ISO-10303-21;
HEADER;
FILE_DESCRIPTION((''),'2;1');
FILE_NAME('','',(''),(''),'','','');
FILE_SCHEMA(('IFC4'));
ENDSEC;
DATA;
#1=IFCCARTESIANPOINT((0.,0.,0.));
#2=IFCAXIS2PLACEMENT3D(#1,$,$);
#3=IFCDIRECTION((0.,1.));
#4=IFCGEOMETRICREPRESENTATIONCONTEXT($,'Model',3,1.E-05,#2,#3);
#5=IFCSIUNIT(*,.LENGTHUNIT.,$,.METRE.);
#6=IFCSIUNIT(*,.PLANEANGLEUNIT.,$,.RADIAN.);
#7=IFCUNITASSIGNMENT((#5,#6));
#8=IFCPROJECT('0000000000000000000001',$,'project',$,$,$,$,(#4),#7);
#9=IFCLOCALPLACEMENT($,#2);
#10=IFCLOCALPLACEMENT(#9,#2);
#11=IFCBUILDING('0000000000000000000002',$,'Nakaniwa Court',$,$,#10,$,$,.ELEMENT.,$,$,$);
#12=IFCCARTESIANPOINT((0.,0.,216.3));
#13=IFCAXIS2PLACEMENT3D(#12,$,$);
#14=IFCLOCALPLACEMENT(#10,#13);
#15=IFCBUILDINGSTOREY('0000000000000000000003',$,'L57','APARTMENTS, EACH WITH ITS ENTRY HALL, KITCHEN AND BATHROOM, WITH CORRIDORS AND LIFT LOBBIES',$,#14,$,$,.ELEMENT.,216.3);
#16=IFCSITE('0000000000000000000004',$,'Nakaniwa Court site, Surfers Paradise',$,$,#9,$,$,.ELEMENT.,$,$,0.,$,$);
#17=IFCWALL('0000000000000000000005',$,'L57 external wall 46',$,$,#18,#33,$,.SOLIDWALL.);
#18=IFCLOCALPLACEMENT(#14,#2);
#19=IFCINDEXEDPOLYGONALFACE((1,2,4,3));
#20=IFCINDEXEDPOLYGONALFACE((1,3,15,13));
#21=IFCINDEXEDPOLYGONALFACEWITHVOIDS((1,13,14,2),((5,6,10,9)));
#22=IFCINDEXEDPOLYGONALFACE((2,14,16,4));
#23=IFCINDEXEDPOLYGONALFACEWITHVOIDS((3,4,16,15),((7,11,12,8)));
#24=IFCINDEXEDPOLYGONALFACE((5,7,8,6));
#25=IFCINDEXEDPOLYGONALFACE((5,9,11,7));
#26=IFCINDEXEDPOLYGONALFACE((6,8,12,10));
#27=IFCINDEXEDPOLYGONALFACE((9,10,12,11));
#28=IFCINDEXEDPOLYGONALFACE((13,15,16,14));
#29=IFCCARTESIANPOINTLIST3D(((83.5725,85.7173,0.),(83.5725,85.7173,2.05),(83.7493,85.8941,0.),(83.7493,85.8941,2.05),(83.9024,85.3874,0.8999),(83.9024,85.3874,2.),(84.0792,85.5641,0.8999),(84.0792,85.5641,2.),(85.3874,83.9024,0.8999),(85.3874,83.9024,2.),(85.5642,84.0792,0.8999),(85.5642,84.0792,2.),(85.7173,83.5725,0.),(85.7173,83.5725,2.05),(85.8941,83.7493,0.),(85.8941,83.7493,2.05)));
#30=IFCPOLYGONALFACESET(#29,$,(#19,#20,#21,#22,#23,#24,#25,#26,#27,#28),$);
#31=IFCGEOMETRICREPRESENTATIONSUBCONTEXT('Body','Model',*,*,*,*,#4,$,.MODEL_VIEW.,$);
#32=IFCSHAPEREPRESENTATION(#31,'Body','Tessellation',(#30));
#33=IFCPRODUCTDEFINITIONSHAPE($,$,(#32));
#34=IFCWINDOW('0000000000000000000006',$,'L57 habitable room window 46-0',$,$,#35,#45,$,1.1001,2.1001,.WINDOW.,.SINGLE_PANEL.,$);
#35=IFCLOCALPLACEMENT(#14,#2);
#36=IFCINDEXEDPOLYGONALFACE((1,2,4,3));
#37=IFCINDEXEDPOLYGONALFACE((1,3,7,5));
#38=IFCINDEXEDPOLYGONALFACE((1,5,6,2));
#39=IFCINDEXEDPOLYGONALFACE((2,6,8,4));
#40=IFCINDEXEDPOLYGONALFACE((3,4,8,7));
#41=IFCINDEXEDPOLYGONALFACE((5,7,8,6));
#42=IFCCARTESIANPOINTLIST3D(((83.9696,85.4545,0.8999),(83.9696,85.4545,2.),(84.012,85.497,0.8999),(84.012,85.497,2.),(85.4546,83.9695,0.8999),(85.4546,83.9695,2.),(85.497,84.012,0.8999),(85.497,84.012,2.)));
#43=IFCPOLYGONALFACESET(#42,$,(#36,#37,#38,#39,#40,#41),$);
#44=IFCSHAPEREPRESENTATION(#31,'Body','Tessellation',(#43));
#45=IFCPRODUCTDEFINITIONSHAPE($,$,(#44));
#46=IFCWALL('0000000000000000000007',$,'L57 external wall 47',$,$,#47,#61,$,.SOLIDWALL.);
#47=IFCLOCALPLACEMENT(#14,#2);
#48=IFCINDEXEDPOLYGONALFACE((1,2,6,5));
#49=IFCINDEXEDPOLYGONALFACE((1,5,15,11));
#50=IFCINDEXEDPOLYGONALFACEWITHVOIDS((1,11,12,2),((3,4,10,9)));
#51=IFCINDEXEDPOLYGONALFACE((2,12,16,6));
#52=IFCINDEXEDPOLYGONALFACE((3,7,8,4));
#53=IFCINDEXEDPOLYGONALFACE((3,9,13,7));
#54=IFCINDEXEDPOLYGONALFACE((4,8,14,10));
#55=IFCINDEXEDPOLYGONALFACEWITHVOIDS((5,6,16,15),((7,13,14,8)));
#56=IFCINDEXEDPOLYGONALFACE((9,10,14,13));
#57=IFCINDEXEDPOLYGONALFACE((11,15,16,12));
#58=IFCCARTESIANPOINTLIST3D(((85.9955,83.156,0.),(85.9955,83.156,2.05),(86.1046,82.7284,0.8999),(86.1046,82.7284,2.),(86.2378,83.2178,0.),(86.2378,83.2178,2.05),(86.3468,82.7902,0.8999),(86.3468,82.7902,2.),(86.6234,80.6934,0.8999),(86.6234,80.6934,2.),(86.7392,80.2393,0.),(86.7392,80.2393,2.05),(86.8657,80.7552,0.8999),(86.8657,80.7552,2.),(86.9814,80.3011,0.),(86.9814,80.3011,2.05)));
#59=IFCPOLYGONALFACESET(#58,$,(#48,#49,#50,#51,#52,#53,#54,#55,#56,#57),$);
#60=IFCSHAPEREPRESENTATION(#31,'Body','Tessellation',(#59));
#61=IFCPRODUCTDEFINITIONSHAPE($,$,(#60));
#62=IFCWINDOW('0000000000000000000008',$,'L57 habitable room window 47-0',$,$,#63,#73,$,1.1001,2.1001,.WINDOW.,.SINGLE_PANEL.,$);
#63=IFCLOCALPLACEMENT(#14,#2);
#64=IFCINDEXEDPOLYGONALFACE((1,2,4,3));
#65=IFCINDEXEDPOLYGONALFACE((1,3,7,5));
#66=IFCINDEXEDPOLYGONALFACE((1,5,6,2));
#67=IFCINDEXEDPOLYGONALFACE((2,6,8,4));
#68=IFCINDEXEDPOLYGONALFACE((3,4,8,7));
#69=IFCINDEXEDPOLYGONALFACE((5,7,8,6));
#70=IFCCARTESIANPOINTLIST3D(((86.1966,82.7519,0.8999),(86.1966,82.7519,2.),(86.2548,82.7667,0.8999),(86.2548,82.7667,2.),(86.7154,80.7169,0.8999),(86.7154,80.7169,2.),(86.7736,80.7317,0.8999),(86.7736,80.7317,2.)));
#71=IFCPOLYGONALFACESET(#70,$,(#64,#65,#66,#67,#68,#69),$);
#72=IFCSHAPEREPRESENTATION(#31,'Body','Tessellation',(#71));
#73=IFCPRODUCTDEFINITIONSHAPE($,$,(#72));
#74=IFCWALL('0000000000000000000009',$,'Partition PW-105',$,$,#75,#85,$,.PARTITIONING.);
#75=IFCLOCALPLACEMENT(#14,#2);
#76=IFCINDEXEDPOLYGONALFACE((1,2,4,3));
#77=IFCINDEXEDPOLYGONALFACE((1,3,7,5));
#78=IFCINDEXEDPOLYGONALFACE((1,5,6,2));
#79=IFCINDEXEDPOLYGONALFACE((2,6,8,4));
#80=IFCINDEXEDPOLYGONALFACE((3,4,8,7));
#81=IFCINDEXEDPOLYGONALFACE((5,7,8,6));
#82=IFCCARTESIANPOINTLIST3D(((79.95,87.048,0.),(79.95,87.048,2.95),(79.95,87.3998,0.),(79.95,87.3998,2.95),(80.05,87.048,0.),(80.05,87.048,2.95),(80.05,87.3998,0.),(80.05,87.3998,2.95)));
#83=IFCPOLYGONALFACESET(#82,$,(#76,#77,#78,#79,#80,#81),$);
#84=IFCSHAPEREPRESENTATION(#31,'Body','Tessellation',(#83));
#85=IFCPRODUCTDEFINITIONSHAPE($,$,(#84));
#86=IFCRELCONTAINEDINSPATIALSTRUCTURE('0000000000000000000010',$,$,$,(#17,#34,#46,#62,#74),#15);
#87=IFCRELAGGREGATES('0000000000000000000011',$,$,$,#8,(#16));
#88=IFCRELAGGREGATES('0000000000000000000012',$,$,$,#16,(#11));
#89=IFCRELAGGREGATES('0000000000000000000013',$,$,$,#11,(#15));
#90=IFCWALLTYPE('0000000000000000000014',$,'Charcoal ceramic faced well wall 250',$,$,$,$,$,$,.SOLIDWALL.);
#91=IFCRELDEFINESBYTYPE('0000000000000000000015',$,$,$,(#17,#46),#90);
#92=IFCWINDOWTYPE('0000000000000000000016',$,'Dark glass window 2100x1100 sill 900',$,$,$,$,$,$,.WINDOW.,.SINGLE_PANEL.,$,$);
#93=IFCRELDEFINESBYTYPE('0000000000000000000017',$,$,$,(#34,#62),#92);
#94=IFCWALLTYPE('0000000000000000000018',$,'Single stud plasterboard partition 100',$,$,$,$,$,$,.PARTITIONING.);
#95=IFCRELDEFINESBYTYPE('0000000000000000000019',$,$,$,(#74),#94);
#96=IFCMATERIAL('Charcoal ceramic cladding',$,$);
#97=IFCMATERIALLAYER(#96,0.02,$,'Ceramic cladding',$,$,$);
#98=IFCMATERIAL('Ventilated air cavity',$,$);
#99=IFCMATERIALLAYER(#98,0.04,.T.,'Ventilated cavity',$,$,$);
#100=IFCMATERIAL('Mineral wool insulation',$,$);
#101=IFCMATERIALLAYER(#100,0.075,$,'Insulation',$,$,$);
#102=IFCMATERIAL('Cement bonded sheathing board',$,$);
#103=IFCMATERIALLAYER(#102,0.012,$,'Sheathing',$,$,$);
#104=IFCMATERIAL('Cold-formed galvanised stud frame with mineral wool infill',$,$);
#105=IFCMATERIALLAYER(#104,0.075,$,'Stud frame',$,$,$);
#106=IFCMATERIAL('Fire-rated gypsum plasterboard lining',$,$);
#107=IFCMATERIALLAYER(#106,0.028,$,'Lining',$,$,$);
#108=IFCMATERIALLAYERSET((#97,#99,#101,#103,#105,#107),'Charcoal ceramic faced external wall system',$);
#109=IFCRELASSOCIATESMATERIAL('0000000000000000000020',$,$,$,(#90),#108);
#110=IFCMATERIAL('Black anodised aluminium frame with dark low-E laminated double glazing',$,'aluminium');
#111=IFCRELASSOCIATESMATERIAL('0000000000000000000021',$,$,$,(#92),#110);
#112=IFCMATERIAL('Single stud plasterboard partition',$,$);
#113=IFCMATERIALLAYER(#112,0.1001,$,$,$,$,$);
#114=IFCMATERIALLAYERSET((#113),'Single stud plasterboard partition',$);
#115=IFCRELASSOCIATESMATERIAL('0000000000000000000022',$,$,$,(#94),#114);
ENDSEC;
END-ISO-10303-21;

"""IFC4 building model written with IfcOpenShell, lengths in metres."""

from ifc_helpers import new_model, si_unit, direction, frame, frame_2d, origin, place, context, subcontext, project, spatial, rectangle, extrude, material, layer, layer_set, type_object, element, fill, save


model = new_model("IFC4")

# Units and contexts
model_context = context("Model", 3, precision=1e-05, world=origin(), true_north=direction((0.0, 1.0)))
body_context = subcontext(model_context, "Body", "Model", "MODEL_VIEW")
ifc_project = project(units=[si_unit("LENGTHUNIT", "METRE"), si_unit("PLANEANGLEUNIT", "RADIAN")], contexts=[model_context])

# Site, building, storey
site_placement = place(None, origin())
site = spatial("IfcSite", under=ifc_project, at=site_placement, Name="Nakaniwa Court site, Surfers Paradise", CompositionType="ELEMENT", RefElevation=0.0)
building_placement = place(site_placement, origin())
building = spatial("IfcBuilding", under=site, at=building_placement, Name="Nakaniwa Court", CompositionType="ELEMENT")
storey_placement = place(building_placement, frame((0.0, 0.0, 216.3)))
storey = spatial("IfcBuildingStorey", under=building, at=storey_placement, Name="L57", Description="APARTMENTS, EACH WITH ITS ENTRY HALL, KITCHEN AND BATHROOM, WITH CORRIDORS AND LIFT LOBBIES", CompositionType="ELEMENT", Elevation=216.3)

# Walls, openings, windows
ifc_material_1 = material(Name="Charcoal ceramic cladding")
ifc_layer_1 = layer(ifc_material_1, 0.02, Name="Ceramic cladding")
ifc_material_2 = material(Name="Ventilated air cavity")
ifc_layer_2 = layer(ifc_material_2, 0.04, ventilated=True, Name="Ventilated cavity")
ifc_material_3 = material(Name="Mineral wool insulation")
ifc_layer_3 = layer(ifc_material_3, 0.075, Name="Insulation")
ifc_material_4 = material(Name="Cement bonded sheathing board")
ifc_layer_4 = layer(ifc_material_4, 0.012, Name="Sheathing")
ifc_material_5 = material(Name="Cold-formed galvanised stud frame with mineral wool infill")
ifc_layer_5 = layer(ifc_material_5, 0.075, Name="Stud frame")
ifc_material_6 = material(Name="Fire-rated gypsum plasterboard lining")
ifc_layer_6 = layer(ifc_material_6, 0.028, Name="Lining")
ifc_layer_set_1 = layer_set([ifc_layer_1, ifc_layer_2, ifc_layer_3, ifc_layer_4, ifc_layer_5, ifc_layer_6], Name="Charcoal ceramic faced external wall system")
wall_type_1 = type_object("IfcWallType", Name="Charcoal ceramic faced well wall 250", PredefinedType="SOLIDWALL", material=ifc_layer_set_1)
ifc_material_7 = material(Name="Black anodised aluminium frame with dark low-E laminated double glazing", Category="aluminium")
window_type = type_object("IfcWindowType", Name="Dark glass window 2100x1100 sill 900", PartitioningType="SINGLE_PANEL", PredefinedType="WINDOW", material=ifc_material_7)
wall_1_placement = place(storey_placement, frame((83.6609, 85.8057, 0.0), z_axis=(0.0, 0.0, 1.0), x_axis=(0.707107, -0.707107, 0.0)))
wall_1 = element("IfcWall", 1, at=wall_1_placement, inside=storey, type_object=wall_type_1, Name="L57 external wall 46", PredefinedType="SOLIDWALL", context=body_context, shape_type="SweptSolid", body=[
    extrude(rectangle(XDim=3.0332, YDim=0.25, at=frame_2d((1.5166, 0.0))), origin(), (0.0, 0.0, 1.0), 2.05),
])
opening_1_placement = place(wall_1_placement, frame((0.4666, 0.0, 0.8999)))
opening_1 = element("IfcOpeningElement", 2, at=opening_1_placement, cuts=wall_1, PredefinedType="OPENING", context=body_context, shape_type="SweptSolid", body=[
    extrude(rectangle(XDim=2.1001, YDim=1.1001, at=frame_2d((1.05, 0.55))), frame((0.0, 0.135, 0.0), z_axis=(0.0, -1.0, 0.0), x_axis=(1.0, 0.0, 0.0)), (0.0, 0.0, 1.0), 0.27),
])
window_1_placement = place(opening_1_placement, origin())
window_1 = element("IfcWindow", 3, at=window_1_placement, inside=storey, type_object=window_type, Name="L57 habitable room window 46-0", OverallHeight=1.1001, OverallWidth=2.1001, PartitioningType="SINGLE_PANEL", PredefinedType="WINDOW", context=body_context, shape_type="SweptSolid", body=[
    extrude(rectangle(XDim=2.1001, YDim=1.1001, at=frame_2d((1.05, 0.55))), frame((0.0, 0.03, 0.0), z_axis=(0.0, -1.0, 0.0), x_axis=(1.0, 0.0, 0.0)), (0.0, 0.0, 1.0), 0.0601),
])
fill(opening_1, window_1)
wall_2_placement = place(storey_placement, frame((86.1167, 83.1868, 0.0), z_axis=(0.0, 0.0, 1.0), x_axis=(0.247056, -0.969001, 0.0)))
wall_2 = element("IfcWall", 4, at=wall_2_placement, inside=storey, type_object=wall_type_1, Name="L57 external wall 47", PredefinedType="SOLIDWALL", context=body_context, shape_type="SweptSolid", body=[
    extrude(rectangle(XDim=3.01, YDim=0.25, at=frame_2d((1.5049, 0.0))), origin(), (0.0, 0.0, 1.0), 2.05),
])
opening_2_placement = place(wall_2_placement, frame((0.4412, 0.0, 0.8999)))
opening_2 = element("IfcOpeningElement", 5, at=opening_2_placement, cuts=wall_2, PredefinedType="OPENING", context=body_context, shape_type="SweptSolid", body=[
    extrude(rectangle(XDim=2.1001, YDim=1.1001, at=frame_2d((1.05, 0.55))), frame((0.0, 0.135, 0.0), z_axis=(0.0, -1.0, 0.0), x_axis=(1.0, 0.0, 0.0)), (0.0, 0.0, 1.0), 0.27),
])
window_2_placement = place(opening_2_placement, origin())
window_2 = element("IfcWindow", 6, at=window_2_placement, inside=storey, type_object=window_type, Name="L57 habitable room window 47-0", OverallHeight=1.1001, OverallWidth=2.1001, PartitioningType="SINGLE_PANEL", PredefinedType="WINDOW", context=body_context, shape_type="SweptSolid", body=[
    extrude(rectangle(XDim=2.1001, YDim=1.1001, at=frame_2d((1.05, 0.55))), frame((0.0, 0.03, 0.0), z_axis=(0.0, -1.0, 0.0), x_axis=(1.0, 0.0, 0.0)), (0.0, 0.0, 1.0), 0.0601),
])
fill(opening_2, window_2)

# Wall
ifc_material_8 = material(Name="Single stud plasterboard partition")
ifc_layer_7 = layer(ifc_material_8, 0.1001)
ifc_layer_set_2 = layer_set([ifc_layer_7], Name="Single stud plasterboard partition")
wall_type_2 = type_object("IfcWallType", Name="Single stud plasterboard partition 100", PredefinedType="PARTITIONING", material=ifc_layer_set_2)
wall_3_placement = place(storey_placement, frame((80.0, 87.0481, 0.0), z_axis=(0.0, 0.0, 1.0), x_axis=(0.0, 1.0, 0.0)))
element("IfcWall", 7, at=wall_3_placement, inside=storey, type_object=wall_type_2, Name="Partition PW-105", PredefinedType="PARTITIONING", context=body_context, shape_type="SweptSolid", body=[
    extrude(rectangle(XDim=0.3518, YDim=0.1001, at=frame_2d((0.1758, 0.0))), origin(), (0.0, 0.0, 1.0), 2.95),
])

save(model, "model.ifc")
